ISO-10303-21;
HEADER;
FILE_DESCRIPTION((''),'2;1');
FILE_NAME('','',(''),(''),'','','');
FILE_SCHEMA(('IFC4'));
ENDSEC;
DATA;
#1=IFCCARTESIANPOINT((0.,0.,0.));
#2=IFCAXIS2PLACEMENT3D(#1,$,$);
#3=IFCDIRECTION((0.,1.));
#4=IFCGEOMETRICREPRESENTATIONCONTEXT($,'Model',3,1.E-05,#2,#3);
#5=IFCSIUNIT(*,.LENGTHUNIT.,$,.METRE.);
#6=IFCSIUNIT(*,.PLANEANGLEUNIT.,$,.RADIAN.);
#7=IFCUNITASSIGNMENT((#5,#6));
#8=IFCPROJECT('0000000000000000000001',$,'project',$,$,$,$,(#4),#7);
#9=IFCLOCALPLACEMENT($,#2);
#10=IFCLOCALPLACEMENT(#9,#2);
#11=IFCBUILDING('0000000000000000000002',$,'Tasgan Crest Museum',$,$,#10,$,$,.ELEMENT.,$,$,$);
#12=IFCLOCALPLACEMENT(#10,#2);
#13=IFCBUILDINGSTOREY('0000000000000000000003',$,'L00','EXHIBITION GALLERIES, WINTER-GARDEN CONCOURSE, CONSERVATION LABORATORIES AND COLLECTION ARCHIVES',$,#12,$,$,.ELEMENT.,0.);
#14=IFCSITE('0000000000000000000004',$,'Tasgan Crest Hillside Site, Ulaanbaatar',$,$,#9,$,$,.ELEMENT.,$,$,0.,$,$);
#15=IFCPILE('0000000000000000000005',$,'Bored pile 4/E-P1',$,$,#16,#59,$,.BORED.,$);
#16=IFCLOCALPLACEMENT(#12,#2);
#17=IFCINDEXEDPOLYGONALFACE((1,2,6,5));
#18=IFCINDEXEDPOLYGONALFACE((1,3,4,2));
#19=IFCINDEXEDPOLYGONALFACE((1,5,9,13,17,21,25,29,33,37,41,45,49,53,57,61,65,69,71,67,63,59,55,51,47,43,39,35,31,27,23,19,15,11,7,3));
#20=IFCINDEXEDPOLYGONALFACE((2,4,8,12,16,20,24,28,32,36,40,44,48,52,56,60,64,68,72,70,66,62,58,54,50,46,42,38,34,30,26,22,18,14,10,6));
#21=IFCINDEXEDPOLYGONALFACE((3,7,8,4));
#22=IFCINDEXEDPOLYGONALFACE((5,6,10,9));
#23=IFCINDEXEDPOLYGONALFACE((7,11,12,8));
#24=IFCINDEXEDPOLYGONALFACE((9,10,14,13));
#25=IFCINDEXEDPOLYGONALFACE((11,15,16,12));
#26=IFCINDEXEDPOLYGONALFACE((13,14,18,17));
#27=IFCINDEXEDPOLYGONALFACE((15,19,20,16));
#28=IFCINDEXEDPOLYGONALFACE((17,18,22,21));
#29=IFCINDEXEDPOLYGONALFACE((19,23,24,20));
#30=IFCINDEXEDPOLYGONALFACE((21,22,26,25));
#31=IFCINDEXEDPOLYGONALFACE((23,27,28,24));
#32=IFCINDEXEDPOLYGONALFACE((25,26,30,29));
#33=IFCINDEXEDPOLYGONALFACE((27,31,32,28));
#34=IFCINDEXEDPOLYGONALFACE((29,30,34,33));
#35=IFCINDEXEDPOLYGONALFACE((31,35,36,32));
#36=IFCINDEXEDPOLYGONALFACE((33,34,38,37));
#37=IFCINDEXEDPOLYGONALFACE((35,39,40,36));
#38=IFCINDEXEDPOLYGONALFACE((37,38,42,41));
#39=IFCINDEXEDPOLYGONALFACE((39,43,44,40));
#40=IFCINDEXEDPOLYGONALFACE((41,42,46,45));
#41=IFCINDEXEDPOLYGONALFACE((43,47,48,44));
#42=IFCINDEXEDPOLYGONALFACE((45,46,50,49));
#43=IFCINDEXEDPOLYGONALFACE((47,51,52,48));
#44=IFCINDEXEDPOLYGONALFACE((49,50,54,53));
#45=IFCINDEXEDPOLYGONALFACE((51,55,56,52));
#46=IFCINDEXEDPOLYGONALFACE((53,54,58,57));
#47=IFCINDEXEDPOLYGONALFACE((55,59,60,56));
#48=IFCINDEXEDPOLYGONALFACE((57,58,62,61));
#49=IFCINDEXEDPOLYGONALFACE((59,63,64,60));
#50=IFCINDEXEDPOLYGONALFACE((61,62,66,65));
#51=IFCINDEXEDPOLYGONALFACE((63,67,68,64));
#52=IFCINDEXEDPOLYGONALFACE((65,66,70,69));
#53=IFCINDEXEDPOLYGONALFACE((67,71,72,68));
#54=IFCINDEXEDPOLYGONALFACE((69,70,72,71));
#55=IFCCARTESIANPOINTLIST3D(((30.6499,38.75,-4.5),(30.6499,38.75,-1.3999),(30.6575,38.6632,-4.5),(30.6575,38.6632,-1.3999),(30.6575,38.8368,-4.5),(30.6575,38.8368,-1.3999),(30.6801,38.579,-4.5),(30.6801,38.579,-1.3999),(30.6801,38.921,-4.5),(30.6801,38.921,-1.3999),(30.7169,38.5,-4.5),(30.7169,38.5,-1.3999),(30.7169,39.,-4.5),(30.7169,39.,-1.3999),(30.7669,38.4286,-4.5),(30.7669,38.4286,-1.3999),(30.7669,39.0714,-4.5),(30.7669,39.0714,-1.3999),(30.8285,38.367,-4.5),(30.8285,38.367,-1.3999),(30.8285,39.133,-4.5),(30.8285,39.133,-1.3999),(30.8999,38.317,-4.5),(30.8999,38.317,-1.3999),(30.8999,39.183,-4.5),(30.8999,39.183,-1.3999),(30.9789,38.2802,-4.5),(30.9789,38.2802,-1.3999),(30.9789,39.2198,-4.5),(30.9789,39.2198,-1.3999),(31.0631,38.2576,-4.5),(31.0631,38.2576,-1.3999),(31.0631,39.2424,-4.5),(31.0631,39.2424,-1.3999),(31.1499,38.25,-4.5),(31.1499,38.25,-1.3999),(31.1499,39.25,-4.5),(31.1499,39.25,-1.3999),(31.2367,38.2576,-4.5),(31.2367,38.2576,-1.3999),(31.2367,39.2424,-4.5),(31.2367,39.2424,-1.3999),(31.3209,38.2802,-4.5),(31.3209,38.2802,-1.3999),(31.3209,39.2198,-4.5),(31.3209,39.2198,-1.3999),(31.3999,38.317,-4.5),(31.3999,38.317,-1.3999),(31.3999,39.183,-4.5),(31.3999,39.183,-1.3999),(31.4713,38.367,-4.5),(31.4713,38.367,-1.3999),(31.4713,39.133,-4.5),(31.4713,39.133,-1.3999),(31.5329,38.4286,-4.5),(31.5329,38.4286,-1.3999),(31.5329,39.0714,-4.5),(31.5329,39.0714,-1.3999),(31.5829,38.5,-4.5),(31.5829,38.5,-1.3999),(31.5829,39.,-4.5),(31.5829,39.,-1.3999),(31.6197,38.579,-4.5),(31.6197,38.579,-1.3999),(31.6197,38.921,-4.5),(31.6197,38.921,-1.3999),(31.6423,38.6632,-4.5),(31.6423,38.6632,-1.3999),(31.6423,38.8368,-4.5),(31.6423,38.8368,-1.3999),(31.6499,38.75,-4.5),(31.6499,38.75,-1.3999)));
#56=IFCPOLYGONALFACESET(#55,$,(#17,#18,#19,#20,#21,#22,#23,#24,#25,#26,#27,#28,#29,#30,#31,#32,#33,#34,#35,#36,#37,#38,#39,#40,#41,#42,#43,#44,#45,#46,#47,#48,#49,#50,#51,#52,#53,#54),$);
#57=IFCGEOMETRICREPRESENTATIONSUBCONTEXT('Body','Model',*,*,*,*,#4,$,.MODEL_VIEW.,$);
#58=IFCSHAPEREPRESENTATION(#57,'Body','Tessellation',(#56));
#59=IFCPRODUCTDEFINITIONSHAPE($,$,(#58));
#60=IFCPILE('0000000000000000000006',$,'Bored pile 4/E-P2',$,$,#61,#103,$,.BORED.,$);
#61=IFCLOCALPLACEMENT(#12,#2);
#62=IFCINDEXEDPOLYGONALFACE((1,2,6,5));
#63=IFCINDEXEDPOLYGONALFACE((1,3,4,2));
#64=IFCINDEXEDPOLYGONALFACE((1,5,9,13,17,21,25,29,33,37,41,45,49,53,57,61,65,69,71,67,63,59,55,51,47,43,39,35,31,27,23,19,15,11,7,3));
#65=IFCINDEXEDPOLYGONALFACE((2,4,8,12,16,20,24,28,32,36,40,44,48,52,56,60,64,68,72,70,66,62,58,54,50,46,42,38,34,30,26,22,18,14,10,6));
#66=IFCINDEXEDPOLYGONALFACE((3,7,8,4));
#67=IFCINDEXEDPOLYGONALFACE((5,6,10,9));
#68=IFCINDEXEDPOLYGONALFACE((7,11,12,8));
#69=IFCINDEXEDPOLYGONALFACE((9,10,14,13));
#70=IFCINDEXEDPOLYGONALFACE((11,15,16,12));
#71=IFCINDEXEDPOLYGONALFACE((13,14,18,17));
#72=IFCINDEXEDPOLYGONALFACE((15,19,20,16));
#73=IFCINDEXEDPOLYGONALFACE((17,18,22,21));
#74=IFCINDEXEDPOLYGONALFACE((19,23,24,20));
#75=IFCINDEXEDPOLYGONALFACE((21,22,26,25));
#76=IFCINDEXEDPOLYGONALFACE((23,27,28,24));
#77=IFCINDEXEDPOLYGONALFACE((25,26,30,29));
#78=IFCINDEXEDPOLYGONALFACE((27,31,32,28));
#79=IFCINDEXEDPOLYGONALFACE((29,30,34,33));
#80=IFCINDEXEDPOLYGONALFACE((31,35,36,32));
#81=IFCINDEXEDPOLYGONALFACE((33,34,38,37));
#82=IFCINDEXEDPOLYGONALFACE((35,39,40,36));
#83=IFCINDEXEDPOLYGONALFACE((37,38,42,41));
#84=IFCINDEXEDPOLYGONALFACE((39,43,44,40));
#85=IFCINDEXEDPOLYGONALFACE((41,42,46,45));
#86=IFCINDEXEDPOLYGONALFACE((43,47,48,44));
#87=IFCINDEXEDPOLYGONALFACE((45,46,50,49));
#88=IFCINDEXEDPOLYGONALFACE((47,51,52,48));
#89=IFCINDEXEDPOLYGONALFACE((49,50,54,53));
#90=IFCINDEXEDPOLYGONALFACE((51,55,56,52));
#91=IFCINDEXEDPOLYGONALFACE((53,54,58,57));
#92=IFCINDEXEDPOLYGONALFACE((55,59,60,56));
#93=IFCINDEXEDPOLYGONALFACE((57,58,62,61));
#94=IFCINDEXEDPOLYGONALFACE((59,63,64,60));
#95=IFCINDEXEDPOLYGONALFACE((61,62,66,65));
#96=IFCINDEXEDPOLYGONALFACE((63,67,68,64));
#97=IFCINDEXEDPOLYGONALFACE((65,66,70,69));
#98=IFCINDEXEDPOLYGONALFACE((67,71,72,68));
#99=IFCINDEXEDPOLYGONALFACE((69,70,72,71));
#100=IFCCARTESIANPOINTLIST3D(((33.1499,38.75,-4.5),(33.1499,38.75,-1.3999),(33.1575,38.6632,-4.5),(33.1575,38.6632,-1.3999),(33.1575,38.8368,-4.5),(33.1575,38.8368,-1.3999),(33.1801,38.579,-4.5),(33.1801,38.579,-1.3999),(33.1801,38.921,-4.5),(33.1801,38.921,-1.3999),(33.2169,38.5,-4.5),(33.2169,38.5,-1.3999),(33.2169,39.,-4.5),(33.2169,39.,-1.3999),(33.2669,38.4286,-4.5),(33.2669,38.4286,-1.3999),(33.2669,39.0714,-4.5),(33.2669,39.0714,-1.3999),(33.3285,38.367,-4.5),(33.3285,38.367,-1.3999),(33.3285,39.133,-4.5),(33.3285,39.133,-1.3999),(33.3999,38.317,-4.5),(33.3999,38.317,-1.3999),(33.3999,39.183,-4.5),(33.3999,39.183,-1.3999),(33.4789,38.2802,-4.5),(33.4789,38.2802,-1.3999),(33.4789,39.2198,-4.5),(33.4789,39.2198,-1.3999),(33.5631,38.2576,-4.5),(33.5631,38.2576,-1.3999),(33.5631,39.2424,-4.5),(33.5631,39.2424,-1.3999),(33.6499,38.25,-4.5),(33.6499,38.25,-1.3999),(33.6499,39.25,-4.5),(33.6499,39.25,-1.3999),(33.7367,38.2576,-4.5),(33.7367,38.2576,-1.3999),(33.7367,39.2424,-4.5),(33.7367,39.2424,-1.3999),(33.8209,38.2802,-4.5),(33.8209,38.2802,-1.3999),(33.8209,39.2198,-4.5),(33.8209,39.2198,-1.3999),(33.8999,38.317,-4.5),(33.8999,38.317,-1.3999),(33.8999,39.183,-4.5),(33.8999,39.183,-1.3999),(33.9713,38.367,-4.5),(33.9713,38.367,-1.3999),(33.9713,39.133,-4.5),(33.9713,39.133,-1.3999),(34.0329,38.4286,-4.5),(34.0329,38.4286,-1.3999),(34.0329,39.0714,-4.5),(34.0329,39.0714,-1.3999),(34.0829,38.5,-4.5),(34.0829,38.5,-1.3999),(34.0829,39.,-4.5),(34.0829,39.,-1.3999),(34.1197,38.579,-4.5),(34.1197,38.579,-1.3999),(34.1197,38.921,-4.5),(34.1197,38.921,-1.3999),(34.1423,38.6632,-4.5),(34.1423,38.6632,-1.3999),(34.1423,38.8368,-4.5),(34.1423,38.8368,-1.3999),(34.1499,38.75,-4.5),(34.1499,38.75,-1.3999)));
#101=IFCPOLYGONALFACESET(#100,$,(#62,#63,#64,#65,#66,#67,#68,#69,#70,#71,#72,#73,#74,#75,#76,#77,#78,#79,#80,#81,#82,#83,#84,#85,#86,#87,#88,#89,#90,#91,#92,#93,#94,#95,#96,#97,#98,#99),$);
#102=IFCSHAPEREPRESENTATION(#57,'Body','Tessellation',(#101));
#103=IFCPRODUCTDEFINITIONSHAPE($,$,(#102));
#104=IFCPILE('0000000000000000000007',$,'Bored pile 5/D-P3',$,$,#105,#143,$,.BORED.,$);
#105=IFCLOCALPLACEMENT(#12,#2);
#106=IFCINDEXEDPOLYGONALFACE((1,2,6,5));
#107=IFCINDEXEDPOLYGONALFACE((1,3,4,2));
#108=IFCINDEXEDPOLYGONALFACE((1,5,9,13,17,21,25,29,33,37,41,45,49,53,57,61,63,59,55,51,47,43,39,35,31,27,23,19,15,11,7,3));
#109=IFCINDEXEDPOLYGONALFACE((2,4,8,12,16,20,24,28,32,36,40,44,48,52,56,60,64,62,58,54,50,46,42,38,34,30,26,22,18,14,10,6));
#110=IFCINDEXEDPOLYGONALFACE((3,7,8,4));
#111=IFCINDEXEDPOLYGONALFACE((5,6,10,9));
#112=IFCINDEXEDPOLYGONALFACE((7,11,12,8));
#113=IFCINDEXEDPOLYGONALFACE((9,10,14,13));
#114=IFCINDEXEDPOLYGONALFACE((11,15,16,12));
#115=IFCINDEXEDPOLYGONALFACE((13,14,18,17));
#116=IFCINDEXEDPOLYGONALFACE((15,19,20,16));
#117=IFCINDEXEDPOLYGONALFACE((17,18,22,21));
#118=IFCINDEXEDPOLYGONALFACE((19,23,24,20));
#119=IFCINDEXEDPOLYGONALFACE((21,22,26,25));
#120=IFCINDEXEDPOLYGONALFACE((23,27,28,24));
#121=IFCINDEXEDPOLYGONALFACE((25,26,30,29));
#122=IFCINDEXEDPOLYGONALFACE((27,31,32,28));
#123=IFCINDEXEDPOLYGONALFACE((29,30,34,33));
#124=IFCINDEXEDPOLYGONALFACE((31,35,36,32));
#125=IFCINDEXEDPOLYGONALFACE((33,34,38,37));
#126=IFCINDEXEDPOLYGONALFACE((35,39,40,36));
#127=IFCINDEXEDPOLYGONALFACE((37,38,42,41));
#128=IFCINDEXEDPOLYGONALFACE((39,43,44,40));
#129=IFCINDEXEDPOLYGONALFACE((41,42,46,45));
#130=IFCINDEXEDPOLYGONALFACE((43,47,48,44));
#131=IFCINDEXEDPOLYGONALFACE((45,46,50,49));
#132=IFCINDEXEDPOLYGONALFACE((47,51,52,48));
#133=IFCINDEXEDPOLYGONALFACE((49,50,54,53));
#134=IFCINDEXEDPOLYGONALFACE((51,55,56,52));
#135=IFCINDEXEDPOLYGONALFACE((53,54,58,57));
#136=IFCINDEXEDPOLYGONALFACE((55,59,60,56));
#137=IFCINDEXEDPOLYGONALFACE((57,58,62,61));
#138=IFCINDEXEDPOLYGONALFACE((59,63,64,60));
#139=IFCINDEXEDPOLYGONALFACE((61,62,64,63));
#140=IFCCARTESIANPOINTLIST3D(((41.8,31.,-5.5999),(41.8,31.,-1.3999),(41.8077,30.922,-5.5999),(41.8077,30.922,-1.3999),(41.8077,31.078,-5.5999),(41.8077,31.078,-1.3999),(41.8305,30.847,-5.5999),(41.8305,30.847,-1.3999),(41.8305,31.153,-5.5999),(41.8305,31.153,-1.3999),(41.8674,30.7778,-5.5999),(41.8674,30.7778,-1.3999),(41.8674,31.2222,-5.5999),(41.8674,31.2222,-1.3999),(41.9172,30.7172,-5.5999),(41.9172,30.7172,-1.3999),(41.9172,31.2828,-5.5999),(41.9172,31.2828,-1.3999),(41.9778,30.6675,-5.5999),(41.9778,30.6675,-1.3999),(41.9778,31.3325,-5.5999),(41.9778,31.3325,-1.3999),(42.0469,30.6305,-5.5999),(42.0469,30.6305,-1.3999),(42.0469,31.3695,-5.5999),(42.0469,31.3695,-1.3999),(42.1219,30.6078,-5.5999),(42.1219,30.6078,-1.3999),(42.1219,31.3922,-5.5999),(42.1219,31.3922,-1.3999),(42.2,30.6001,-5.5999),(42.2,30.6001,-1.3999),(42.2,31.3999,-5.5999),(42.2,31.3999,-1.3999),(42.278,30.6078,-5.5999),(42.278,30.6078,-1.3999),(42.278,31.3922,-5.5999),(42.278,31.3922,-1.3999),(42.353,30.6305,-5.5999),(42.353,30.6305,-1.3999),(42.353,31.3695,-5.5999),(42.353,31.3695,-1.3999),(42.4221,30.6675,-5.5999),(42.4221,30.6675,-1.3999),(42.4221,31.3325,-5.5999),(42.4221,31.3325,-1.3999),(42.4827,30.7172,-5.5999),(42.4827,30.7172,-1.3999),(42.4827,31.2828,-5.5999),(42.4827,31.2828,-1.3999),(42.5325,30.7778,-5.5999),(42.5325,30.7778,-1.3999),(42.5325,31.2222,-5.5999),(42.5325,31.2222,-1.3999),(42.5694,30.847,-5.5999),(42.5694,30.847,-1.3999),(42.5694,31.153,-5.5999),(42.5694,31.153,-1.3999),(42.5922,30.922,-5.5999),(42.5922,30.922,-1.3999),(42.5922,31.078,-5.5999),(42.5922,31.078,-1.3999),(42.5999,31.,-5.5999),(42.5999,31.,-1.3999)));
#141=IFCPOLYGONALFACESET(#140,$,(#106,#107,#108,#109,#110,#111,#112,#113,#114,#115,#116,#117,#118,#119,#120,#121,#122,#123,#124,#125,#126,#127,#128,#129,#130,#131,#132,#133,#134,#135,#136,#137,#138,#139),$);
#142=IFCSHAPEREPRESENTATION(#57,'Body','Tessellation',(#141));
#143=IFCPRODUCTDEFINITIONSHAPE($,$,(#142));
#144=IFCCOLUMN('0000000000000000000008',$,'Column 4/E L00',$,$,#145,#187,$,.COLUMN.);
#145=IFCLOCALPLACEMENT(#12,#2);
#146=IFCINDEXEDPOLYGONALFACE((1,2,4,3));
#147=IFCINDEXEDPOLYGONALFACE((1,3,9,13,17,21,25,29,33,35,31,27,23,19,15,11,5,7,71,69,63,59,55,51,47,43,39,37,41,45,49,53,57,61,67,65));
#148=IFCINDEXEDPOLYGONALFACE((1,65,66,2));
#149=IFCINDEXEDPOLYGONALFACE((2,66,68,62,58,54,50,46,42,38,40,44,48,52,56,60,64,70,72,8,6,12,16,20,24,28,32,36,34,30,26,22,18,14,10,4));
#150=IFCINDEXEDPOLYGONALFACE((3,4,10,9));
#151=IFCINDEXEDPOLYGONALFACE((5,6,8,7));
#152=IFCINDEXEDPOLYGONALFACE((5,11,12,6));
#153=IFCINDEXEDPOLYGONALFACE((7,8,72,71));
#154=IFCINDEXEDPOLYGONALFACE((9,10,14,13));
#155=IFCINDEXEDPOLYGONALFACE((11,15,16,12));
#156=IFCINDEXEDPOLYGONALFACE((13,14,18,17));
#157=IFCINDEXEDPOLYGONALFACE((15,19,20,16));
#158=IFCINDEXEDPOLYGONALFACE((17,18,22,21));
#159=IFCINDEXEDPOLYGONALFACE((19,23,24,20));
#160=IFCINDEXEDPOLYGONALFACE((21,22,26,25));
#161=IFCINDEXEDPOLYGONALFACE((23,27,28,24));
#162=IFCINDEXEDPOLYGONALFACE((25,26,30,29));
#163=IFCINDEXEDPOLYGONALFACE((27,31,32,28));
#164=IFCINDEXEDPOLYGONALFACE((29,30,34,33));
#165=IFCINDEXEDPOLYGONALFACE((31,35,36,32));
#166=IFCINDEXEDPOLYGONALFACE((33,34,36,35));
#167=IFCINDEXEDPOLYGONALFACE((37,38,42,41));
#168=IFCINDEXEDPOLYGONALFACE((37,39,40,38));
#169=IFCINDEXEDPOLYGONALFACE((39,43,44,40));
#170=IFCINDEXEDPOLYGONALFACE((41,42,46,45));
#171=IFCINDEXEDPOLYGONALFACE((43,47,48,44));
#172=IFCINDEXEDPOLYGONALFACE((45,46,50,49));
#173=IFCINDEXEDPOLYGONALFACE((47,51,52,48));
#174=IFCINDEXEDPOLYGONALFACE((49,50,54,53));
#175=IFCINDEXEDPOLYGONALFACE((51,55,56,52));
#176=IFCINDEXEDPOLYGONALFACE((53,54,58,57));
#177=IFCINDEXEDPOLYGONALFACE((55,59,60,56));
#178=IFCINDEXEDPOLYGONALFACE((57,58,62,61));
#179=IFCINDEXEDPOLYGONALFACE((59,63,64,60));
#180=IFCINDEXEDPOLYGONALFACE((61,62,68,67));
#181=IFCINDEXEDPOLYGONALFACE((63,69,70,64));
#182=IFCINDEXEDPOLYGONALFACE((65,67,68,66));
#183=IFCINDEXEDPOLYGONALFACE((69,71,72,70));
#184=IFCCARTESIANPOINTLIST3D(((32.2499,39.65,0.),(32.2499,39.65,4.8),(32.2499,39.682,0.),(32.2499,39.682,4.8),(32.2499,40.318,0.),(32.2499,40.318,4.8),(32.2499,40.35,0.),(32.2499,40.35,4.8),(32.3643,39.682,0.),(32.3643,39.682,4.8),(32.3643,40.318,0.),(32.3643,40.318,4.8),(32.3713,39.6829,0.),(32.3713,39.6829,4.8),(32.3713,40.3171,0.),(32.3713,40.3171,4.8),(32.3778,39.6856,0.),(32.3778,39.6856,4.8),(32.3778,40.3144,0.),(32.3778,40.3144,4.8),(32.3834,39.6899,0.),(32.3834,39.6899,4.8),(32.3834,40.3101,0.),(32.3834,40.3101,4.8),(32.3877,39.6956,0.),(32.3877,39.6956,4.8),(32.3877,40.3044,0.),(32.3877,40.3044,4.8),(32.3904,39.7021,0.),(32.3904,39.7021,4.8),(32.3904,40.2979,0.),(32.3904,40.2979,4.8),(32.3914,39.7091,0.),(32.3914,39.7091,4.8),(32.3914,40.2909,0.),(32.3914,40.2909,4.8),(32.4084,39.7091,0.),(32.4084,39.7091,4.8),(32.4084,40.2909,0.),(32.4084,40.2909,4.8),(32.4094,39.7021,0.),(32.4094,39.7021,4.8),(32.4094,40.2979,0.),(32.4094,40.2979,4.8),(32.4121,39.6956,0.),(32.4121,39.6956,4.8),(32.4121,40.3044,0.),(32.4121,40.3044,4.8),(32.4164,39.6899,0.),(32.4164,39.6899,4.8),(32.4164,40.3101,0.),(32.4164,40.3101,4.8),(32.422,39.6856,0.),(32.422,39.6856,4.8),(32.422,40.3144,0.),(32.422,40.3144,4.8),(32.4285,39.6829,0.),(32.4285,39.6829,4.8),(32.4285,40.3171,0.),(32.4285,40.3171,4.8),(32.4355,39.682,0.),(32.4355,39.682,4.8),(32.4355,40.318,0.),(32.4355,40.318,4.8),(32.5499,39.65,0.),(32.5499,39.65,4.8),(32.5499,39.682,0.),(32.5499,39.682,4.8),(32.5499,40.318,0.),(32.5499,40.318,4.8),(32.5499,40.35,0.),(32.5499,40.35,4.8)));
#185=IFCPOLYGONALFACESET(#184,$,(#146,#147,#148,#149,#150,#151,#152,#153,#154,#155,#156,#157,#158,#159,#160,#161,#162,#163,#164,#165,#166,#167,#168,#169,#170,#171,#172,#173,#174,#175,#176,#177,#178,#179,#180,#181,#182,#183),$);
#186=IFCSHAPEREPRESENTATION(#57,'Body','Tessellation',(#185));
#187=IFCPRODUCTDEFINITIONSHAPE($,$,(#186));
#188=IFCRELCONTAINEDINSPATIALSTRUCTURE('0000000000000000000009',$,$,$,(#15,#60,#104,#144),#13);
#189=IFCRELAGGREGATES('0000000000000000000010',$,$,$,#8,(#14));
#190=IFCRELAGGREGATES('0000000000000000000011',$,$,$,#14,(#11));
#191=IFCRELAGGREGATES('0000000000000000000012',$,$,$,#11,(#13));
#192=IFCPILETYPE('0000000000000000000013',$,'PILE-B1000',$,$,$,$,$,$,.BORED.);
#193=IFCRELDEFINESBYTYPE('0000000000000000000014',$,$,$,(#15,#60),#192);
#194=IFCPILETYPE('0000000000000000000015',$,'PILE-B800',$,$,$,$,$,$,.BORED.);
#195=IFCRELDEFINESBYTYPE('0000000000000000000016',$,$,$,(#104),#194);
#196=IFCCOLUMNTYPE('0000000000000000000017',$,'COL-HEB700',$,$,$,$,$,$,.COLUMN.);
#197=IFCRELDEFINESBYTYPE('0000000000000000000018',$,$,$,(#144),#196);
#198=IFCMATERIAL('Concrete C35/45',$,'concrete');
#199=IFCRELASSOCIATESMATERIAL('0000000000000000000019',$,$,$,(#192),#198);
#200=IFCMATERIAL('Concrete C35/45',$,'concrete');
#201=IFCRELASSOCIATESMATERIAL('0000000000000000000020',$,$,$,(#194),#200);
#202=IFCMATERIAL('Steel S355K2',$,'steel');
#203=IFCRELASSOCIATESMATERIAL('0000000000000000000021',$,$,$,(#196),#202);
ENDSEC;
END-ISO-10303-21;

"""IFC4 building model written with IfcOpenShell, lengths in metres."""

from ifc_helpers import new_model, si_unit, direction, frame, origin, origin_2d, place, context, subcontext, project, spatial, circle, i_section, extrude, material, material_profile, profile_set, type_object, element, save


model = new_model("IFC4")

# Units and contexts
model_context = context("Model", 3, precision=1e-05, world=origin(), true_north=direction((0.0, 1.0)))
body_context = subcontext(model_context, "Body", "Model", "MODEL_VIEW")
ifc_project = project(units=[si_unit("LENGTHUNIT", "METRE"), si_unit("PLANEANGLEUNIT", "RADIAN")], contexts=[model_context])

# Site, building, storey
site_placement = place(None, origin())
site = spatial("IfcSite", under=ifc_project, at=site_placement, Name="Tasgan Crest Hillside Site, Ulaanbaatar", CompositionType="ELEMENT", RefElevation=0.0)
building_placement = place(site_placement, origin())
building = spatial("IfcBuilding", under=site, at=building_placement, Name="Tasgan Crest Museum", CompositionType="ELEMENT")
storey_placement = place(building_placement, origin())
storey = spatial("IfcBuildingStorey", under=building, at=storey_placement, Name="L00", Description="EXHIBITION GALLERIES, WINTER-GARDEN CONCOURSE, CONSERVATION LABORATORIES AND COLLECTION ARCHIVES", CompositionType="ELEMENT", Elevation=0.0)

# Piles
ifc_material_1 = material(Name="Concrete C35/45", Category="concrete")
ifc_material_profile_1 = material_profile(ifc_material_1, circle(Radius=0.5, at=origin_2d()), Name="PILE D1000")
ifc_profile_set_1 = profile_set([ifc_material_profile_1], Name="Concrete C35/45")
pile_type_1 = type_object("IfcPileType", Name="PILE-B1000", PredefinedType="BORED", material=ifc_profile_set_1)
for number, where, z_axis, x_axis, name in (
    (1, (31.1499, 38.75, -1.3999), (0.0, 0.0, -1.0), (1.0, 0.0, 0.0), "Bored pile 4/E-P1"),
    (2, (33.6499, 38.75, -1.3999), (0.0, 0.0, -1.0), (1.0, 0.0, 0.0), "Bored pile 4/E-P2"),
):
    element("IfcPile", number, at=place(storey_placement, frame(where, z_axis=z_axis, x_axis=x_axis)), inside=storey, type_object=pile_type_1, Name=name, PredefinedType="BORED", context=body_context, shape_type="SweptSolid", body=[
        extrude(circle(Radius=0.5, at=origin_2d()), origin(), (0.0, 0.0, 1.0), 3.1001),
    ])
ifc_material_2 = material(Name="Concrete C35/45", Category="concrete")
ifc_material_profile_2 = material_profile(ifc_material_2, circle(Radius=0.3999, at=origin_2d()), Name="PILE D800")
ifc_profile_set_2 = profile_set([ifc_material_profile_2], Name="Concrete C35/45")
pile_type_2 = type_object("IfcPileType", Name="PILE-B800", PredefinedType="BORED", material=ifc_profile_set_2)
pile_placement = place(storey_placement, frame((42.2, 31.0, -1.3999), z_axis=(0.0, 0.0, -1.0), x_axis=(1.0, 0.0, 0.0)))
element("IfcPile", 3, at=pile_placement, inside=storey, type_object=pile_type_2, Name="Bored pile 5/D-P3", PredefinedType="BORED", context=body_context, shape_type="SweptSolid", body=[
    extrude(circle(Radius=0.3999, at=origin_2d()), origin(), (0.0, 0.0, 1.0), 4.2),
])

# Column
ifc_material_3 = material(Name="Steel S355K2", Category="steel")
ifc_material_profile_3 = material_profile(ifc_material_3, i_section(OverallWidth=0.3, OverallDepth=0.7, WebThickness=0.0171, FlangeThickness=0.032, FilletRadius=0.0271, at=origin_2d()), Name="HEB 700")
ifc_profile_set_3 = profile_set([ifc_material_profile_3], Name="Steel S355K2")
column_type_1 = type_object("IfcColumnType", Name="COL-HEB700", PredefinedType="COLUMN", material=ifc_profile_set_3)
column_1_placement = place(storey_placement, frame((32.3999, 40.0, 0.0), z_axis=(0.0, 0.0, 1.0), x_axis=(1.0, 0.0, 0.0)))
element("IfcColumn", 4, at=column_1_placement, inside=storey, type_object=column_type_1, Name="Column 4/E L00", PredefinedType="COLUMN", context=body_context, shape_type="SweptSolid", body=[
    extrude(i_section(OverallWidth=0.3, OverallDepth=0.7, WebThickness=0.0171, FlangeThickness=0.032, FilletRadius=0.0271, at=origin_2d()), origin(), (0.0, 0.0, 1.0), 4.8),
])

save(model, "model.ifc")
